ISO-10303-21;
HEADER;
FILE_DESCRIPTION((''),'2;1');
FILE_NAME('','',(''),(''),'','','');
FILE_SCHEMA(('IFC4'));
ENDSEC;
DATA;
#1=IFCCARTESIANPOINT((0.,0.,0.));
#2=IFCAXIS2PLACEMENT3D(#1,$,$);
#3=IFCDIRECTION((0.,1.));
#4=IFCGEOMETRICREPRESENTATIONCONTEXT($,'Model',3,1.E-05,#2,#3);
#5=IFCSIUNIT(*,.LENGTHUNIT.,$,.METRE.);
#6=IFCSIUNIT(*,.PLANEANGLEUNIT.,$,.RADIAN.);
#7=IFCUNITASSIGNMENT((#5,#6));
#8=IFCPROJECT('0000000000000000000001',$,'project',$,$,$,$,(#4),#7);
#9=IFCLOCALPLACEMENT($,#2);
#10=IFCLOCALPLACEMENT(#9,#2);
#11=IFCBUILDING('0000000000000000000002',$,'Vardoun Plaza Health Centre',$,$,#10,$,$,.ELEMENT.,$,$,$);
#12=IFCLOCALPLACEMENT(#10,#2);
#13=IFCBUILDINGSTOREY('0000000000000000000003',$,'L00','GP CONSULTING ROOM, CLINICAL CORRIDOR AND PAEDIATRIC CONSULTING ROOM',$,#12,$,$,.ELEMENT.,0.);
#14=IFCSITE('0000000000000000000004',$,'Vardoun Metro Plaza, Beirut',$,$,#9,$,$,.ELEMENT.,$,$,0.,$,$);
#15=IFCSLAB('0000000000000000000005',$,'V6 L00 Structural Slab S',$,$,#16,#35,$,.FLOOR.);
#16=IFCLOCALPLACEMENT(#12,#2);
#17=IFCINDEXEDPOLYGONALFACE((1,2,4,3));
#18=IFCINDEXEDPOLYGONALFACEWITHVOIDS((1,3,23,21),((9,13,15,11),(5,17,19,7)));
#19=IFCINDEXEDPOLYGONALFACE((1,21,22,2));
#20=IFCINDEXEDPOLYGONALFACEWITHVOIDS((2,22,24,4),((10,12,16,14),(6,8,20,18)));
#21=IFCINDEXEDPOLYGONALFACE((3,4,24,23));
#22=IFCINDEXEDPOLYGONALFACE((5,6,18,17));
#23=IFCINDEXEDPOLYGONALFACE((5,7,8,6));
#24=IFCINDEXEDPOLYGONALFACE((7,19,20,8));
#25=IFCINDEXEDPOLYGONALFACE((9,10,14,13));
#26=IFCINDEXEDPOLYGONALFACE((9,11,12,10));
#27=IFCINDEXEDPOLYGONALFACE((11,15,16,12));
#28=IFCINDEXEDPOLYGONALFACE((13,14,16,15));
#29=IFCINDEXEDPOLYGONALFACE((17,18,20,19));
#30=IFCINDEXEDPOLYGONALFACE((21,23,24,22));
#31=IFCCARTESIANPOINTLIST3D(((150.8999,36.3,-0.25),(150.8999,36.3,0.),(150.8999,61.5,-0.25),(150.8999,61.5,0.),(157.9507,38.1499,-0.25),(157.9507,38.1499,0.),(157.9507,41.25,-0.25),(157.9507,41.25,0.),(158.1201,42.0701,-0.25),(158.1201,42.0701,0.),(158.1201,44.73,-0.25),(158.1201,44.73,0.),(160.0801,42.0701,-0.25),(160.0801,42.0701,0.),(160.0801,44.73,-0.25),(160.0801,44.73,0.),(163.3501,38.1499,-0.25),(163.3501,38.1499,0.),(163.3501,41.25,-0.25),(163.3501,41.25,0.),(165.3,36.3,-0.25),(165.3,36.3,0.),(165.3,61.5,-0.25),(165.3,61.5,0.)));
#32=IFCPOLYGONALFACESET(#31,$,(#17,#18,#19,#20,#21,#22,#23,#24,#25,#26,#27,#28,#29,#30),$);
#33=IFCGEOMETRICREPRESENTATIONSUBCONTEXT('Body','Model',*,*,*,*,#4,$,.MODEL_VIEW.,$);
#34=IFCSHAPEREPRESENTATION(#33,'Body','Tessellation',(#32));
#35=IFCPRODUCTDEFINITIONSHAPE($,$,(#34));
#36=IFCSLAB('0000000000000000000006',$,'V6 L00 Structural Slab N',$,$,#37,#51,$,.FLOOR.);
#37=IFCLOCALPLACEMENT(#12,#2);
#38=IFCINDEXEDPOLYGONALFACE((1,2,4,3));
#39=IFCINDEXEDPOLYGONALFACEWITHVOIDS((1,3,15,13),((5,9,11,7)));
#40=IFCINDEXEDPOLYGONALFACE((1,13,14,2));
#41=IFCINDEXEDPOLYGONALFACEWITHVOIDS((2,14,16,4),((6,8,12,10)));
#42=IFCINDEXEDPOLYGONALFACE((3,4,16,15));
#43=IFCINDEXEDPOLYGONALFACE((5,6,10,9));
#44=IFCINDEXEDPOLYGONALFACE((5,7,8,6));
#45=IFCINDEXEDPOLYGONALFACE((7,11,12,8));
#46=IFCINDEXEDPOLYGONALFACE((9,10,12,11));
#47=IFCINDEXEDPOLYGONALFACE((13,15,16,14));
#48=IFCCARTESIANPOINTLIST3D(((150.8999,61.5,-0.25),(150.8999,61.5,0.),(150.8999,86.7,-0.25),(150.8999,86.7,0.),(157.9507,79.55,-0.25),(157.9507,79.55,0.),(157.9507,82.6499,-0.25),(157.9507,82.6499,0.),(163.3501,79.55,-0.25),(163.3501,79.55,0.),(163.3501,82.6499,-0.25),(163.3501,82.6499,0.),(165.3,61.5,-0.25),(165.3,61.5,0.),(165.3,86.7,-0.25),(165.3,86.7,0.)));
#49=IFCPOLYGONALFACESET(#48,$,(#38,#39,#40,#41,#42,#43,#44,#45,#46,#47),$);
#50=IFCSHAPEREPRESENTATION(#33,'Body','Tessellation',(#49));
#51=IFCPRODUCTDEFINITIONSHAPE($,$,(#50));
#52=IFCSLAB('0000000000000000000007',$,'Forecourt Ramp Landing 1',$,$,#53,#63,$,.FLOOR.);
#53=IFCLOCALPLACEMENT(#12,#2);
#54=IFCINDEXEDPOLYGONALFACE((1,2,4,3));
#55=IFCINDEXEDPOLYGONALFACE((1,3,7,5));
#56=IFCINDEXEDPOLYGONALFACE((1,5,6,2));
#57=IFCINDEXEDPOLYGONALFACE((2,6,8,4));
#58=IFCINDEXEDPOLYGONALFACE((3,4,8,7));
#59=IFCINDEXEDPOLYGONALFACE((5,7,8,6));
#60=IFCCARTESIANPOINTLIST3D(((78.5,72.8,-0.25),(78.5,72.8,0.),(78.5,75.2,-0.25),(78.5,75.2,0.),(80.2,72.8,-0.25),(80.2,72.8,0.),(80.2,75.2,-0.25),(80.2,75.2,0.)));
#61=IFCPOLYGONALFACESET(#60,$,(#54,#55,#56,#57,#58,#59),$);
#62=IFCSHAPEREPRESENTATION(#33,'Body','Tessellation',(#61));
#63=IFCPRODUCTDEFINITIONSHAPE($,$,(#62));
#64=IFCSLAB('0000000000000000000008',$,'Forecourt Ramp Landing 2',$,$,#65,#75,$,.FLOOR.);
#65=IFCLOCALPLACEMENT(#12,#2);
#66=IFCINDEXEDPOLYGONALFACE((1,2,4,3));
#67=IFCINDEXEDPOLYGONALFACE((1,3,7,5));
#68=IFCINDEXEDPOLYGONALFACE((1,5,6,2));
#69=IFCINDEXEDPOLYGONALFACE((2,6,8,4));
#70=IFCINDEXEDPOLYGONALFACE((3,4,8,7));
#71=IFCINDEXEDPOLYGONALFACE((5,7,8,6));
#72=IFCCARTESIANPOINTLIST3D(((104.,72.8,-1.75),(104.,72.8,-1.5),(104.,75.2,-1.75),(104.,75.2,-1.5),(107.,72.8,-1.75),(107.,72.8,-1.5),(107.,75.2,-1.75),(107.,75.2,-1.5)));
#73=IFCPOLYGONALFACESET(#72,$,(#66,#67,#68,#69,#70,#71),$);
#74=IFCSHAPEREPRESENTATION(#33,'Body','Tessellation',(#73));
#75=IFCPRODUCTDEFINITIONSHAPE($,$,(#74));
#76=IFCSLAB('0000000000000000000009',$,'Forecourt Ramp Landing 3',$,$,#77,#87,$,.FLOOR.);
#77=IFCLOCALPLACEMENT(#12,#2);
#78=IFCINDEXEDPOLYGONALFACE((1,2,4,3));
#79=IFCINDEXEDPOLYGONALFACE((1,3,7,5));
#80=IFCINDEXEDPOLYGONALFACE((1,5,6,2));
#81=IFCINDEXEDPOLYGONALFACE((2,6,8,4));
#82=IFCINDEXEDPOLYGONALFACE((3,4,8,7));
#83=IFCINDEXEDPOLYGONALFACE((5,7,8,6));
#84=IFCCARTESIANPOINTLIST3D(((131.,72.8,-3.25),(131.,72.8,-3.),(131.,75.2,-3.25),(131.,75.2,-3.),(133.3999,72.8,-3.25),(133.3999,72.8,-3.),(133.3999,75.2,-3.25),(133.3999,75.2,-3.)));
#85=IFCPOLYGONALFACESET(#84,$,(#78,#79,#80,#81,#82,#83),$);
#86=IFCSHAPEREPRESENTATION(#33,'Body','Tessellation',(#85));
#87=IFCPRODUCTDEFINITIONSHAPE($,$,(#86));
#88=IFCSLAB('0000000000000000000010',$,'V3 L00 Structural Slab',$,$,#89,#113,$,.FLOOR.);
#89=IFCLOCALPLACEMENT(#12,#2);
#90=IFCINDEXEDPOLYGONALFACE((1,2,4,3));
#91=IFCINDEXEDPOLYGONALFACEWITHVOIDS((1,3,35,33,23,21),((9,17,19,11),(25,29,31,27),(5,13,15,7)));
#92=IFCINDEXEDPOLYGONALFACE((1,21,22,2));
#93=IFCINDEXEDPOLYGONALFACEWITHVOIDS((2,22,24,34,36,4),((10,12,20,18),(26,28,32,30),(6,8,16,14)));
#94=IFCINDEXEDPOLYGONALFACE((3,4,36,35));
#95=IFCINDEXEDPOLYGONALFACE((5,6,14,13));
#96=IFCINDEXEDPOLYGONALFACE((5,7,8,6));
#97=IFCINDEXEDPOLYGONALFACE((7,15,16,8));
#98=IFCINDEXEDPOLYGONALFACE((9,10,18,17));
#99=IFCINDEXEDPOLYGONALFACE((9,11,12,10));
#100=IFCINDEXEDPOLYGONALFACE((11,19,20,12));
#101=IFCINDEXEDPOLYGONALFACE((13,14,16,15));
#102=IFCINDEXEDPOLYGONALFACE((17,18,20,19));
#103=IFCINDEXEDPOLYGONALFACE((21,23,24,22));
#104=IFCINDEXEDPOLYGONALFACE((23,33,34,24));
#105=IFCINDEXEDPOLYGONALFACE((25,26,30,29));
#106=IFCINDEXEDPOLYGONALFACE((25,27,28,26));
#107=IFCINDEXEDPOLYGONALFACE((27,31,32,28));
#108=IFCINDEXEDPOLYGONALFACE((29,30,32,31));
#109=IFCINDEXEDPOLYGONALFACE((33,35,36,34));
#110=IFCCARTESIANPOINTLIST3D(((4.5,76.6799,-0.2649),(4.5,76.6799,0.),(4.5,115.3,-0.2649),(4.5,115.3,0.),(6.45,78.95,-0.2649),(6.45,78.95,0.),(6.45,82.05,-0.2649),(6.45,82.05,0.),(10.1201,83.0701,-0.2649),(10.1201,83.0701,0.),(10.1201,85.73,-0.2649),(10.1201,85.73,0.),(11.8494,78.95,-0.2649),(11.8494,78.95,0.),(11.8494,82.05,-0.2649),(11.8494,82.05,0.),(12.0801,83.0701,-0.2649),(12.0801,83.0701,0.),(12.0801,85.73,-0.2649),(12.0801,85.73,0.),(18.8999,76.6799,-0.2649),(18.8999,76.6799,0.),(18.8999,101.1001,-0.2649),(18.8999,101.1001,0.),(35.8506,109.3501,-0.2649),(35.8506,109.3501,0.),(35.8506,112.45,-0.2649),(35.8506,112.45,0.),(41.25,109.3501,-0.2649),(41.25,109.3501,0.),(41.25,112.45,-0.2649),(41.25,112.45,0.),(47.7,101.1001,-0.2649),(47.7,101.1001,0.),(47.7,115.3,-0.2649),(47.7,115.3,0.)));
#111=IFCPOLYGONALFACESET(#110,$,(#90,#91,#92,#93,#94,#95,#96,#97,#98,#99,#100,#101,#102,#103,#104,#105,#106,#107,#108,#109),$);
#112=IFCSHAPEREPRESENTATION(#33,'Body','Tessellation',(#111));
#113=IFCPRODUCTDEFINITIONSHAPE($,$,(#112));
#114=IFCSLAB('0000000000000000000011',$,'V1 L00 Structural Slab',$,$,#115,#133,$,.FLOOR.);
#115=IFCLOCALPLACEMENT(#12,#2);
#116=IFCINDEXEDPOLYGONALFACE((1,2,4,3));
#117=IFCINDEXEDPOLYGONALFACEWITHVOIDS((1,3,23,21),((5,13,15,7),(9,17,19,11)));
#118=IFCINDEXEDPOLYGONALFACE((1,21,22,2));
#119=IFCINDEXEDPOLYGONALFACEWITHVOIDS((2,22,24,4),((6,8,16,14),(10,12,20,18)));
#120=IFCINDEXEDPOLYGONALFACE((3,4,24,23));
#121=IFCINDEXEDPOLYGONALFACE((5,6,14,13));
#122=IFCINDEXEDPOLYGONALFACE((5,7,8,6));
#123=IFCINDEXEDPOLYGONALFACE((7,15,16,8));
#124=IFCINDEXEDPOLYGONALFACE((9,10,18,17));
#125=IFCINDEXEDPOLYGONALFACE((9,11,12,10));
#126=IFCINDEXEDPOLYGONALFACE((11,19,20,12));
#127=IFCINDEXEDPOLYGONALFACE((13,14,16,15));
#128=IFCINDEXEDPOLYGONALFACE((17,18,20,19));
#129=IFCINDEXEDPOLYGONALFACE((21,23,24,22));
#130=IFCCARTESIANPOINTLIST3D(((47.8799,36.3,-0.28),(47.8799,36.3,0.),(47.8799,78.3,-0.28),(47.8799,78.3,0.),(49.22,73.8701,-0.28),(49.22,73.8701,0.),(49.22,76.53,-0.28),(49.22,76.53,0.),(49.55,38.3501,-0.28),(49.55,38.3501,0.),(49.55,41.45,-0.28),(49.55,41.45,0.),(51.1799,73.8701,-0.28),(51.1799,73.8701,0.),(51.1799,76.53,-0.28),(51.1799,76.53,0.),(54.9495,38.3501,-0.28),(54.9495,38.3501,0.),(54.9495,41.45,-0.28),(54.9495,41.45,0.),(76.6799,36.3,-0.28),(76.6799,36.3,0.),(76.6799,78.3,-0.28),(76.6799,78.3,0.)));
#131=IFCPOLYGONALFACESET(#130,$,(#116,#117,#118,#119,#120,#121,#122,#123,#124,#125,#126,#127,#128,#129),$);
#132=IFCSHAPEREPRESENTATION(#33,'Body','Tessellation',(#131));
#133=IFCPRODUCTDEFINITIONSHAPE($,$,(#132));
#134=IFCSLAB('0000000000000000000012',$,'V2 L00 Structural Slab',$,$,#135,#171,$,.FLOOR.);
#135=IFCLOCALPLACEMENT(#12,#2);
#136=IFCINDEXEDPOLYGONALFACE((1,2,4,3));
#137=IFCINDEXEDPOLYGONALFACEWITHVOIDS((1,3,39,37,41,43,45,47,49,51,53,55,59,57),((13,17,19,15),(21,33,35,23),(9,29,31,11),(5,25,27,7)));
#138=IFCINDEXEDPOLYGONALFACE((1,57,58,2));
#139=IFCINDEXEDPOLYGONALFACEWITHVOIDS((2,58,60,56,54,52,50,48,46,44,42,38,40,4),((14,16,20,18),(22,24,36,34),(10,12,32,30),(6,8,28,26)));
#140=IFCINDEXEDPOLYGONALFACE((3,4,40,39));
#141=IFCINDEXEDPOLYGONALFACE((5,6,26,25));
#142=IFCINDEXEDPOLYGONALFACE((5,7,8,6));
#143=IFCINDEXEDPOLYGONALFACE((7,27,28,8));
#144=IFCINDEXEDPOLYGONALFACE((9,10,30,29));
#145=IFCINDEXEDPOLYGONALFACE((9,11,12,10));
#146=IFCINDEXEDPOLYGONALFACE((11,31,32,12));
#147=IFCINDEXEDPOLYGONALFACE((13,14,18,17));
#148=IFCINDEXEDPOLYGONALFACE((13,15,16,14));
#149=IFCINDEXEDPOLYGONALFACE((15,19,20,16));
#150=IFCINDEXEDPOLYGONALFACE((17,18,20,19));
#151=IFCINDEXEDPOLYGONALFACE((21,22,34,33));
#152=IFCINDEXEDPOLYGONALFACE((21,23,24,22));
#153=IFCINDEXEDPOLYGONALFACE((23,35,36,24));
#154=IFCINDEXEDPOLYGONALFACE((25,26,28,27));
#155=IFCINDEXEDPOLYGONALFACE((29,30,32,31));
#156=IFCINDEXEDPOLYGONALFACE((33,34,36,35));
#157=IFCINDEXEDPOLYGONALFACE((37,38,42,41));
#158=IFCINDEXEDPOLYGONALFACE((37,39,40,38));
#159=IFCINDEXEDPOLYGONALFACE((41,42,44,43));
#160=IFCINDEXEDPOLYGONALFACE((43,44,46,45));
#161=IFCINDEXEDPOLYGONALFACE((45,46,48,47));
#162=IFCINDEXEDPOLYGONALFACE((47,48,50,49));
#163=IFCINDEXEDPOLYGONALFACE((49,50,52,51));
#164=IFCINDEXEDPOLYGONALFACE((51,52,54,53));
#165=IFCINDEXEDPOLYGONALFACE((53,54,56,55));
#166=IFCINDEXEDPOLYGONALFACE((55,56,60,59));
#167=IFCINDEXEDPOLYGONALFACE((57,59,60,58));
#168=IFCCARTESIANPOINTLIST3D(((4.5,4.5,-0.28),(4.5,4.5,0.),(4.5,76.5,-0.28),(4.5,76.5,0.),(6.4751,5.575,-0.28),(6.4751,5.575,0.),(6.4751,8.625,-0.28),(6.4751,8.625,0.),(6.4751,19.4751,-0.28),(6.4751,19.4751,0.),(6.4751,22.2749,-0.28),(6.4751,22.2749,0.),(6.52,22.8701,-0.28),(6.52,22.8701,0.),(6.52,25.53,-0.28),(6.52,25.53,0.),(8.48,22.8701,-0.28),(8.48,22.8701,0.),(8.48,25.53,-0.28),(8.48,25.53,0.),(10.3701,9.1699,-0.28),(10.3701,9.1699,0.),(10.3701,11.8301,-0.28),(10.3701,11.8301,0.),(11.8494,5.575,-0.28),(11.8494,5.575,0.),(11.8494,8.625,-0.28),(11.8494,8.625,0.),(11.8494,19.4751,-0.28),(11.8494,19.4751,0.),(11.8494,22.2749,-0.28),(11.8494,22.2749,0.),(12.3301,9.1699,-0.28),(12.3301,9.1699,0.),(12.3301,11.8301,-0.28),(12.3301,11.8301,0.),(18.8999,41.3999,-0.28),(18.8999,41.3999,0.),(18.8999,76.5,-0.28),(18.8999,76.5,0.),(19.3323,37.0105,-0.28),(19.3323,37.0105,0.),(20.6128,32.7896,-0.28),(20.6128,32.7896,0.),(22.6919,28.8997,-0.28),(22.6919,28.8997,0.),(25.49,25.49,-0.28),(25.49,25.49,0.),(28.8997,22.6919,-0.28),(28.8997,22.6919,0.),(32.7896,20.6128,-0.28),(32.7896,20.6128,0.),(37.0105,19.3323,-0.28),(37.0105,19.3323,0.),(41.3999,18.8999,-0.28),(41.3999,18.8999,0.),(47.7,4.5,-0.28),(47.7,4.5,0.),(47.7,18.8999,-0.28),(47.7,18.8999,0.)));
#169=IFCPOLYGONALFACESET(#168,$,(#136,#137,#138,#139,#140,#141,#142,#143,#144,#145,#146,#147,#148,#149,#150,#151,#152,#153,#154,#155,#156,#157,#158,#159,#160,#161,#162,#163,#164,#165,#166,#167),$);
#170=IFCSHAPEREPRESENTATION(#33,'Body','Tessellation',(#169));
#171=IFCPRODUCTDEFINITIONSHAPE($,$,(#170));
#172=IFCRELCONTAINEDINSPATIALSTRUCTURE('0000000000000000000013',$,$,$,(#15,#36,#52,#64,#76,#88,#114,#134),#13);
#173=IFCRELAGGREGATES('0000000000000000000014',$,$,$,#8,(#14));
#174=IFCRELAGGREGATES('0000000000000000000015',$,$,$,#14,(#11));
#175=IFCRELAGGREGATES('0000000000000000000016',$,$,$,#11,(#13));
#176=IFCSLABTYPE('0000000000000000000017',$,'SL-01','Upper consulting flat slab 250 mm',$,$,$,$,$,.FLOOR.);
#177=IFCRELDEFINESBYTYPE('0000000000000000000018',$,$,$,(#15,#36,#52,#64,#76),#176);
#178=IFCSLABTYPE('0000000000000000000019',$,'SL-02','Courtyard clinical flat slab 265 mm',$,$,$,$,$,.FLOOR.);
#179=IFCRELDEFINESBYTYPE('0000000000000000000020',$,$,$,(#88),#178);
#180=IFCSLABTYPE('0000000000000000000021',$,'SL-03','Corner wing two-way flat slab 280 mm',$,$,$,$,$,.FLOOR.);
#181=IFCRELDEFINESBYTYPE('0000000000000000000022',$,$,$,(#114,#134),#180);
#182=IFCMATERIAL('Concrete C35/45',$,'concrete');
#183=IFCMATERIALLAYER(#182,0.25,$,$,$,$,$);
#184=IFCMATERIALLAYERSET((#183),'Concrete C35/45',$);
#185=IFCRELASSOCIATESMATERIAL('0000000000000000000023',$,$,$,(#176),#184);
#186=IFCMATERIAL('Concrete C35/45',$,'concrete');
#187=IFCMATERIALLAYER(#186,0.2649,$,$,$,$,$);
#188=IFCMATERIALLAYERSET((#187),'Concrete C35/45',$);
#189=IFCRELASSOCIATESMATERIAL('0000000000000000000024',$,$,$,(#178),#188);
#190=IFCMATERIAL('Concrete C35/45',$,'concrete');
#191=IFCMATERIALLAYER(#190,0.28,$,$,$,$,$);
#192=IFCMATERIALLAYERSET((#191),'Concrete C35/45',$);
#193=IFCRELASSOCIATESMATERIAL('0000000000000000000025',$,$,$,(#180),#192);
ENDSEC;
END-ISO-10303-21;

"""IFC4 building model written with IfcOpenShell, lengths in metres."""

from ifc_helpers import new_model, si_unit, direction, frame, origin, place, context, subcontext, project, spatial, polyline, outline, extrude, material, layer, layer_set, type_object, element, save


model = new_model("IFC4")

# Units and contexts
model_context = context("Model", 3, precision=1e-05, world=origin(), true_north=direction((0.0, 1.0)))
body_context = subcontext(model_context, "Body", "Model", "MODEL_VIEW")
ifc_project = project(units=[si_unit("LENGTHUNIT", "METRE"), si_unit("PLANEANGLEUNIT", "RADIAN")], contexts=[model_context])

# Site, building, storey
site_placement = place(None, origin())
site = spatial("IfcSite", under=ifc_project, at=site_placement, Name="Vardoun Metro Plaza, Beirut", CompositionType="ELEMENT", RefElevation=0.0)
building_placement = place(site_placement, origin())
building = spatial("IfcBuilding", under=site, at=building_placement, Name="Vardoun Plaza Health Centre", CompositionType="ELEMENT")
storey_placement = place(building_placement, origin())
storey = spatial("IfcBuildingStorey", under=building, at=storey_placement, Name="L00", Description="GP CONSULTING ROOM, CLINICAL CORRIDOR AND PAEDIATRIC CONSULTING ROOM", CompositionType="ELEMENT", Elevation=0.0)

# Slabs
ifc_material_1 = material(Name="Concrete C35/45", Category="concrete")
ifc_layer_1 = layer(ifc_material_1, 0.25)
ifc_layer_set_1 = layer_set([ifc_layer_1], Name="Concrete C35/45")
slab_type_1 = type_object("IfcSlabType", Name="SL-01", Description="Upper consulting flat slab 250 mm", PredefinedType="FLOOR", material=ifc_layer_set_1)
slab_1_placement = place(storey_placement, frame((0.0, 0.0, -0.25)))
element("IfcSlab", 1, at=slab_1_placement, inside=storey, type_object=slab_type_1, Name="V6 L00 Structural Slab S", PredefinedType="FLOOR", context=body_context, shape_type="SweptSolid", body=[
    extrude(outline(polyline([(150.8999, 36.3), (165.3, 36.3), (165.3, 61.5), (150.8999, 61.5), (150.8999, 36.3)]), holes=[polyline([(157.9507, 38.1499), (163.3501, 38.1499), (163.3501, 41.25), (157.9507, 41.25), (157.9507, 38.1499)]), polyline([(158.1201, 42.0701), (160.0801, 42.0701), (160.0801, 44.73), (158.1201, 44.73), (158.1201, 42.0701)])]), origin(), (0.0, 0.0, 1.0), 0.25),
])
slab_2_placement = place(storey_placement, frame((0.0, 0.0, -0.25)))
element("IfcSlab", 2, at=slab_2_placement, inside=storey, type_object=slab_type_1, Name="V6 L00 Structural Slab N", PredefinedType="FLOOR", context=body_context, shape_type="SweptSolid", body=[
    extrude(outline(polyline([(150.8999, 61.5), (165.3, 61.5), (165.3, 86.7), (150.8999, 86.7), (150.8999, 61.5)]), holes=[polyline([(157.9507, 79.55), (163.3501, 79.55), (163.3501, 82.6499), (157.9507, 82.6499), (157.9507, 79.55)])]), origin(), (0.0, 0.0, 1.0), 0.25),
])
slab_3_placement = place(storey_placement, frame((0.0, 0.0, -0.25)))
element("IfcSlab", 3, at=slab_3_placement, inside=storey, type_object=slab_type_1, Name="Forecourt Ramp Landing 1", PredefinedType="FLOOR", context=body_context, shape_type="SweptSolid", body=[
    extrude(outline(polyline([(78.5, 72.8), (80.2, 72.8), (80.2, 75.2), (78.5, 75.2), (78.5, 72.8)])), origin(), (0.0, 0.0, 1.0), 0.25),
])
slab_4_placement = place(storey_placement, frame((0.0, 0.0, -1.75)))
element("IfcSlab", 4, at=slab_4_placement, inside=storey, type_object=slab_type_1, Name="Forecourt Ramp Landing 2", PredefinedType="FLOOR", context=body_context, shape_type="SweptSolid", body=[
    extrude(outline(polyline([(104.0, 72.8), (107.0, 72.8), (107.0, 75.2), (104.0, 75.2), (104.0, 72.8)])), origin(), (0.0, 0.0, 1.0), 0.25),
])
slab_5_placement = place(storey_placement, frame((0.0, 0.0, -3.25)))
element("IfcSlab", 5, at=slab_5_placement, inside=storey, type_object=slab_type_1, Name="Forecourt Ramp Landing 3", PredefinedType="FLOOR", context=body_context, shape_type="SweptSolid", body=[
    extrude(outline(polyline([(131.0, 72.8), (133.3999, 72.8), (133.3999, 75.2), (131.0, 75.2), (131.0, 72.8)])), origin(), (0.0, 0.0, 1.0), 0.25),
])
ifc_material_2 = material(Name="Concrete C35/45", Category="concrete")
ifc_layer_2 = layer(ifc_material_2, 0.2649)
ifc_layer_set_2 = layer_set([ifc_layer_2], Name="Concrete C35/45")
slab_type_2 = type_object("IfcSlabType", Name="SL-02", Description="Courtyard clinical flat slab 265 mm", PredefinedType="FLOOR", material=ifc_layer_set_2)
slab_6_placement = place(storey_placement, frame((0.0, 0.0, -0.2649)))
element("IfcSlab", 6, at=slab_6_placement, inside=storey, type_object=slab_type_2, Name="V3 L00 Structural Slab", PredefinedType="FLOOR", context=body_context, shape_type="SweptSolid", body=[
    extrude(outline(polyline([(4.5, 76.6799), (18.8999, 76.6799), (18.8999, 101.1001), (47.7, 101.1001), (47.7, 115.3), (4.5, 115.3), (4.5, 76.6799)]), holes=[polyline([(6.45, 78.95), (11.8494, 78.95), (11.8494, 82.05), (6.45, 82.05), (6.45, 78.95)]), polyline([(10.1201, 83.0701), (12.0801, 83.0701), (12.0801, 85.73), (10.1201, 85.73), (10.1201, 83.0701)]), polyline([(35.8506, 109.3501), (41.25, 109.3501), (41.25, 112.45), (35.8506, 112.45), (35.8506, 109.3501)])]), origin(), (0.0, 0.0, 1.0), 0.2649),
])
ifc_material_3 = material(Name="Concrete C35/45", Category="concrete")
ifc_layer_3 = layer(ifc_material_3, 0.28)
ifc_layer_set_3 = layer_set([ifc_layer_3], Name="Concrete C35/45")
slab_type_3 = type_object("IfcSlabType", Name="SL-03", Description="Corner wing two-way flat slab 280 mm", PredefinedType="FLOOR", material=ifc_layer_set_3)
slab_7_placement = place(storey_placement, frame((0.0, 0.0, -0.28)))
element("IfcSlab", 7, at=slab_7_placement, inside=storey, type_object=slab_type_3, Name="V1 L00 Structural Slab", PredefinedType="FLOOR", context=body_context, shape_type="SweptSolid", body=[
    extrude(outline(polyline([(47.8799, 36.3), (76.6799, 36.3), (76.6799, 78.3), (47.8799, 78.3), (47.8799, 36.3)]), holes=[polyline([(49.55, 38.3501), (54.9495, 38.3501), (54.9495, 41.45), (49.55, 41.45), (49.55, 38.3501)]), polyline([(49.22, 73.8701), (51.1799, 73.8701), (51.1799, 76.53), (49.22, 76.53), (49.22, 73.8701)])]), origin(), (0.0, 0.0, 1.0), 0.28),
])
slab_8_placement = place(storey_placement, frame((0.0, 0.0, -0.28)))
element("IfcSlab", 8, at=slab_8_placement, inside=storey, type_object=slab_type_3, Name="V2 L00 Structural Slab", PredefinedType="FLOOR", context=body_context, shape_type="SweptSolid", body=[
    extrude(outline(polyline([(4.5, 4.5), (47.7, 4.5), (47.7, 18.8999), (41.3999, 18.8999), (37.0105, 19.3323), (32.7896, 20.6128), (28.8997, 22.6919), (25.49, 25.49), (22.6919, 28.8997), (20.6128, 32.7896), (19.3323, 37.0105), (18.8999, 41.3999), (18.8999, 76.5), (4.5, 76.5), (4.5, 4.5)]), holes=[polyline([(6.4751, 5.575), (11.8494, 5.575), (11.8494, 8.625), (6.4751, 8.625), (6.4751, 5.575)]), polyline([(10.3701, 9.1699), (12.3301, 9.1699), (12.3301, 11.8301), (10.3701, 11.8301), (10.3701, 9.1699)]), polyline([(6.4751, 19.4751), (11.8494, 19.4751), (11.8494, 22.2749), (6.4751, 22.2749), (6.4751, 19.4751)]), polyline([(6.52, 22.8701), (8.48, 22.8701), (8.48, 25.53), (6.52, 25.53), (6.52, 22.8701)])]), origin(), (0.0, 0.0, 1.0), 0.28),
])

save(model, "model.ifc")
